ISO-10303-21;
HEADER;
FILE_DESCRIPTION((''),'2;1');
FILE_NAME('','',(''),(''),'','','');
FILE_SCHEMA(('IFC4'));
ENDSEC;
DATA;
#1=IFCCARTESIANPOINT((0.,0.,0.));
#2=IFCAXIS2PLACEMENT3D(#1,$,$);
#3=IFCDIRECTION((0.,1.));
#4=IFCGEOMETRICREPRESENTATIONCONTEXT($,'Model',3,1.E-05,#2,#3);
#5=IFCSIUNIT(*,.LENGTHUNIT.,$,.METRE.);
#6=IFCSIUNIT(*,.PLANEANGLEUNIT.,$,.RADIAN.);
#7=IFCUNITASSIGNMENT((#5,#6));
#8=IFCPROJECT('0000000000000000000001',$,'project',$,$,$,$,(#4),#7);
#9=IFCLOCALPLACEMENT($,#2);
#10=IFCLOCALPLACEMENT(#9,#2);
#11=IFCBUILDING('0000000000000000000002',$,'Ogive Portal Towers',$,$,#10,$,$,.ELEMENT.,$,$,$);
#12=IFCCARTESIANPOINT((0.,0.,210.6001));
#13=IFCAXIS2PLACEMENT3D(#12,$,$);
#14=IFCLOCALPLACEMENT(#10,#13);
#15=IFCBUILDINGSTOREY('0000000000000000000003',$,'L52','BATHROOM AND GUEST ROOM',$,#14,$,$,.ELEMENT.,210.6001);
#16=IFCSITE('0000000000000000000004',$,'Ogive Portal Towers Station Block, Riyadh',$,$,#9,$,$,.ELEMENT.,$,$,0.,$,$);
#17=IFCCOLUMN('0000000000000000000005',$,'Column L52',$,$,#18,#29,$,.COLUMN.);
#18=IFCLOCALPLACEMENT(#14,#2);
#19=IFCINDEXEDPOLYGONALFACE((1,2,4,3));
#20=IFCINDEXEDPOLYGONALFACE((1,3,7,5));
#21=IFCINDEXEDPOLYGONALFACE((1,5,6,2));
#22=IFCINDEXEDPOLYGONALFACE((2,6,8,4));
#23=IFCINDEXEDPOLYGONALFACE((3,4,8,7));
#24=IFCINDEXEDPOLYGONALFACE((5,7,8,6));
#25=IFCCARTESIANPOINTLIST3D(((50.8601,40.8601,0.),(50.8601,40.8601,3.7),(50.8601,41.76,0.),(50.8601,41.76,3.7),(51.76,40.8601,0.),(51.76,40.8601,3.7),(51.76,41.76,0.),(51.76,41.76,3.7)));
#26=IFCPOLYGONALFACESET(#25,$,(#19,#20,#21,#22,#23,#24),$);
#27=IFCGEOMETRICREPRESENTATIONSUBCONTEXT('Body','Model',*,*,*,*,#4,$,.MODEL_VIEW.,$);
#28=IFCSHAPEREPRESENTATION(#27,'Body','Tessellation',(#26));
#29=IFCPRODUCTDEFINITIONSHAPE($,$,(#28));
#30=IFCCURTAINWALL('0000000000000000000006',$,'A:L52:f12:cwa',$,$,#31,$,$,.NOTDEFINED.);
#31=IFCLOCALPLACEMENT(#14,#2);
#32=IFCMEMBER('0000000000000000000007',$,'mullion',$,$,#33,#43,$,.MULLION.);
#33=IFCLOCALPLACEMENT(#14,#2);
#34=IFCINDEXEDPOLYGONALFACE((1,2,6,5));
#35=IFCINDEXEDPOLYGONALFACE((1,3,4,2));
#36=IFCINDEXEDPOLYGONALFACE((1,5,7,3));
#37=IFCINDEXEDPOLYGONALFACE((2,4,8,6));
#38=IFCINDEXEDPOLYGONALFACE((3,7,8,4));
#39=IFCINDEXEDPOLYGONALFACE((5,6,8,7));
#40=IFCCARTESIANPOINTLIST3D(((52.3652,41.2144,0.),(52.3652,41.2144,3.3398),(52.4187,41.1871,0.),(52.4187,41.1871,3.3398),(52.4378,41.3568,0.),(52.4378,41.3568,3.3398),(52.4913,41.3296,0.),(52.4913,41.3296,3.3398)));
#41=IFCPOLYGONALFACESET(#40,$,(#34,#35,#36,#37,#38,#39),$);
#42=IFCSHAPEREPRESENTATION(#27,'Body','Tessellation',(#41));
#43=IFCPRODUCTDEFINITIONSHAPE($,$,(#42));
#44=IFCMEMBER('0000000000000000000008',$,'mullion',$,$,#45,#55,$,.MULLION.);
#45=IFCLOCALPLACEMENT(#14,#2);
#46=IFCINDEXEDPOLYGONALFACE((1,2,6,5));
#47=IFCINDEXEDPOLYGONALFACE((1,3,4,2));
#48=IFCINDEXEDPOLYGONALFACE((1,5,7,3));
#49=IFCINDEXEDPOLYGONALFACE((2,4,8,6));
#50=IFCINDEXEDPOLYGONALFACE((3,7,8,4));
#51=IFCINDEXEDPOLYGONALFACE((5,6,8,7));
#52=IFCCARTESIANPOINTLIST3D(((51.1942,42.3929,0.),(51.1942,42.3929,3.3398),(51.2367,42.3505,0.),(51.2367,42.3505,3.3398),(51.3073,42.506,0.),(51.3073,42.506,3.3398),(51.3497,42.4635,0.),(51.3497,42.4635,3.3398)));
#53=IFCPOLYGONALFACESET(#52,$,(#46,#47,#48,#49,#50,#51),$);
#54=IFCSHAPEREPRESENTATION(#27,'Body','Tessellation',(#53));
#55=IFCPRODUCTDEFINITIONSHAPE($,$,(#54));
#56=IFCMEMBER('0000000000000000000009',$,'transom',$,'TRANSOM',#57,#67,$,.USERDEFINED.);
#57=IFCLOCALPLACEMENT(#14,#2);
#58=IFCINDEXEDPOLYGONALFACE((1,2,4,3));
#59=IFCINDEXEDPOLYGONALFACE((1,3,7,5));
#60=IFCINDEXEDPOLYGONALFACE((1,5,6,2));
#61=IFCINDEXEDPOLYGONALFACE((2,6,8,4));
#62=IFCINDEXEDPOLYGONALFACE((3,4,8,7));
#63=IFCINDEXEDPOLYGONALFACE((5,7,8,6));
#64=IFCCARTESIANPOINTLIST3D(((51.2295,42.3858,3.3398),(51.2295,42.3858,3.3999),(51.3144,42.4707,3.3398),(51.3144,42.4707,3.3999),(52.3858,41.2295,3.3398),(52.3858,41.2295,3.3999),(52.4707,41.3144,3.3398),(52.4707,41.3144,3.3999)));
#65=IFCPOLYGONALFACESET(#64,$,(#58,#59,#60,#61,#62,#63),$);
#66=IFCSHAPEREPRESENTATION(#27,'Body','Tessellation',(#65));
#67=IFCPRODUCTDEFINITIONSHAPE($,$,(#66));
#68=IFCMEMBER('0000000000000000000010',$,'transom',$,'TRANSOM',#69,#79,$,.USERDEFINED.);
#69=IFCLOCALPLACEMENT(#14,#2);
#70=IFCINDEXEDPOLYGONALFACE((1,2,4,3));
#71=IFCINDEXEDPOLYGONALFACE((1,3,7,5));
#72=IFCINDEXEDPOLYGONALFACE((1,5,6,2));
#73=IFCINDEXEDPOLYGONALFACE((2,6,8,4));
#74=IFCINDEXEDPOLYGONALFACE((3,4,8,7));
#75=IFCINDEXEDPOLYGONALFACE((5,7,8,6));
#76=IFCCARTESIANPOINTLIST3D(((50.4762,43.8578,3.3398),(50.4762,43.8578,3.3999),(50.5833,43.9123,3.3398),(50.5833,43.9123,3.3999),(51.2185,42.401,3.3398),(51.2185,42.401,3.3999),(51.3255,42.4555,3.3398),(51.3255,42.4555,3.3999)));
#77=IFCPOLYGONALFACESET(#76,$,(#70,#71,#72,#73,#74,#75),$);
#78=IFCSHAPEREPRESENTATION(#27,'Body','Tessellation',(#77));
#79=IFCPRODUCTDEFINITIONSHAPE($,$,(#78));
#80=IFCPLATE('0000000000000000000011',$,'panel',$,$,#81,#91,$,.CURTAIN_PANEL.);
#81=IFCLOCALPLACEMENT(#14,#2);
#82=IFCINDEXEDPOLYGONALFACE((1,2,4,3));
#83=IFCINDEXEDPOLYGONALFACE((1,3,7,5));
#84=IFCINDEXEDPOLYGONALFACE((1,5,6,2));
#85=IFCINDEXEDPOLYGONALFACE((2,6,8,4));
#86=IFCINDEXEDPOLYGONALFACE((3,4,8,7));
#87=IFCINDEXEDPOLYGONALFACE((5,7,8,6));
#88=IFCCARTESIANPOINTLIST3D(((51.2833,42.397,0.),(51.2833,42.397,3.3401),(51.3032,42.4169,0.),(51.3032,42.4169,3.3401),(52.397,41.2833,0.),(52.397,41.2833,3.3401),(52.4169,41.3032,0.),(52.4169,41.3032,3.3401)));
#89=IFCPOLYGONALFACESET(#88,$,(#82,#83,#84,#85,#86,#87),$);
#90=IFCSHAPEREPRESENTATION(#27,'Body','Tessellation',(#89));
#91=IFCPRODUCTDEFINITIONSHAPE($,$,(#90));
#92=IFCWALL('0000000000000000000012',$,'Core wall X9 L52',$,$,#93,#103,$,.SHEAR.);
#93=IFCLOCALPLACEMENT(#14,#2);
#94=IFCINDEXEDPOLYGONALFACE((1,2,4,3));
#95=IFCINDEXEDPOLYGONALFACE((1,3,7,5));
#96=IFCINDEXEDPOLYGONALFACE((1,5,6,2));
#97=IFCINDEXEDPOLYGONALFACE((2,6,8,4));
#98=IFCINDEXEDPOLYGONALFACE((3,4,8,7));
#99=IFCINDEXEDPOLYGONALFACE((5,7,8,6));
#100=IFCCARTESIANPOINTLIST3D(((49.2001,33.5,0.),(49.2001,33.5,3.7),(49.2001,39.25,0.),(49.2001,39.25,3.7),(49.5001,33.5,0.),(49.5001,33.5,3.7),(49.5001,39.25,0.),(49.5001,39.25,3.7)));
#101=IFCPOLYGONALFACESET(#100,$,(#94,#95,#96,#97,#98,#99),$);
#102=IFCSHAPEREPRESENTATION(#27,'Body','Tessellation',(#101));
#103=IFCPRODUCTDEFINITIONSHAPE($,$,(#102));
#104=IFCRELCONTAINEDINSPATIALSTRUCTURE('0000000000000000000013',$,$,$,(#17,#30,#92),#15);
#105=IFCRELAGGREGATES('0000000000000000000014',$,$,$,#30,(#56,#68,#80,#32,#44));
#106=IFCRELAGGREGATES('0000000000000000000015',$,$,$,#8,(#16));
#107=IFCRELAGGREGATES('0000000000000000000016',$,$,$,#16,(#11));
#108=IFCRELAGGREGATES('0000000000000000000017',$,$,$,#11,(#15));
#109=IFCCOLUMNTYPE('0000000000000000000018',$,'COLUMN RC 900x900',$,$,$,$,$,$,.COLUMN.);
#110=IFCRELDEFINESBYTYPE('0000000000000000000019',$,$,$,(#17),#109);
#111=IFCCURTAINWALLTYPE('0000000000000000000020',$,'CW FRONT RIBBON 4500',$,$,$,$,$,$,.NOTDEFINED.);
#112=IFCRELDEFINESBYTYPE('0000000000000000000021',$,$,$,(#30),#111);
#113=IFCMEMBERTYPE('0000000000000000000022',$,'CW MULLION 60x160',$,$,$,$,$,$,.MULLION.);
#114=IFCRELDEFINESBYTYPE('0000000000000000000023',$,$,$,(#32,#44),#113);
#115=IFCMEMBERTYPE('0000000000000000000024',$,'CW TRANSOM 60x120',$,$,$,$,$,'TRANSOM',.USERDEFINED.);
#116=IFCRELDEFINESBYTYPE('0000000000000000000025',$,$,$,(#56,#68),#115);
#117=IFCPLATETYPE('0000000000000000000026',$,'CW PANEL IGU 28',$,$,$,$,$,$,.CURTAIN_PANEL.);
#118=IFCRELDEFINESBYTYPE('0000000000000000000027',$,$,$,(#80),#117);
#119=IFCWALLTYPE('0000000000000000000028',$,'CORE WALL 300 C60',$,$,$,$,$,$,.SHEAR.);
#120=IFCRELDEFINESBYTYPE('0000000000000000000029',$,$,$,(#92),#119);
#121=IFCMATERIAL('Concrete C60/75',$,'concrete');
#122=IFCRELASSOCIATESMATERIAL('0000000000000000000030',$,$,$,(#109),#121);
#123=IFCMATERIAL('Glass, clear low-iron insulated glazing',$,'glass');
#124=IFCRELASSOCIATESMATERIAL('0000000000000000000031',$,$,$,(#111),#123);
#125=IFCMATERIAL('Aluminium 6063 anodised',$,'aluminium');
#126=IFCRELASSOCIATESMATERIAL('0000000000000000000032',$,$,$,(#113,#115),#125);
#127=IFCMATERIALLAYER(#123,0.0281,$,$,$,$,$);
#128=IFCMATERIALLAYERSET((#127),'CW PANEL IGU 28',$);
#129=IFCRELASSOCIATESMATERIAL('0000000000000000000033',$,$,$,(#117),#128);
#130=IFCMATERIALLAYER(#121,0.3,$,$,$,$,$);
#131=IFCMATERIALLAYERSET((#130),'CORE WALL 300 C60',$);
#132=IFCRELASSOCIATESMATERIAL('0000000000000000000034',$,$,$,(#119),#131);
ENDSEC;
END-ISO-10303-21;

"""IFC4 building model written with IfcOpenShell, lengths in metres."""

from ifc_helpers import new_model, si_unit, direction, frame, frame_2d, origin, origin_2d, place, context, subcontext, project, spatial, rectangle, extrude, material, layer, layer_set, material_profile, profile_set, type_object, element, aggregate, save


model = new_model("IFC4")

# Units and contexts
model_context = context("Model", 3, precision=1e-05, world=origin(), true_north=direction((0.0, 1.0)))
body_context = subcontext(model_context, "Body", "Model", "MODEL_VIEW")
ifc_project = project(units=[si_unit("LENGTHUNIT", "METRE"), si_unit("PLANEANGLEUNIT", "RADIAN")], contexts=[model_context])

# Site, building, storey
site_placement = place(None, origin())
site = spatial("IfcSite", under=ifc_project, at=site_placement, Name="Ogive Portal Towers Station Block, Riyadh", CompositionType="ELEMENT", RefElevation=0.0)
building_placement = place(site_placement, origin())
building = spatial("IfcBuilding", under=site, at=building_placement, Name="Ogive Portal Towers", CompositionType="ELEMENT")
storey_placement = place(building_placement, frame((0.0, 0.0, 210.6001)))
storey = spatial("IfcBuildingStorey", under=building, at=storey_placement, Name="L52", Description="BATHROOM AND GUEST ROOM", CompositionType="ELEMENT", Elevation=210.6001)

# Column
ifc_material_1 = material(Name="Concrete C60/75", Category="concrete")
ifc_material_profile_1 = material_profile(ifc_material_1, rectangle(XDim=0.8999, YDim=0.8999, at=origin_2d()), Name="RC 900x900")
ifc_profile_set_1 = profile_set([ifc_material_profile_1], Name="Concrete C60/75")
column_type = type_object("IfcColumnType", Name="COLUMN RC 900x900", PredefinedType="COLUMN", material=ifc_profile_set_1)
column_placement = place(storey_placement, frame((51.3101, 41.3101, 0.0), z_axis=(0.0, 0.0, 1.0), x_axis=(1.0, 0.0, 0.0)))
element("IfcColumn", 1, at=column_placement, inside=storey, type_object=column_type, Name="Column L52", PredefinedType="COLUMN", context=body_context, shape_type="SweptSolid", body=[
    extrude(rectangle(XDim=0.8999, YDim=0.8999, at=origin_2d()), origin(), (0.0, 0.0, 1.0), 3.7),
])

# Curtain wall, members, plate
ifc_material_2 = material(Name="Glass, clear low-iron insulated glazing", Category="glass")
curtain_wall_type = type_object("IfcCurtainWallType", Name="CW FRONT RIBBON 4500", PredefinedType="NOTDEFINED", material=ifc_material_2)
curtain_wall_placement = place(storey_placement, origin())
curtain_wall = element("IfcCurtainWall", 2, at=curtain_wall_placement, inside=storey, type_object=curtain_wall_type, Name="A:L52:f12:cwa", PredefinedType="NOTDEFINED")
ifc_material_3 = material(Name="Aluminium 6063 anodised", Category="aluminium")
ifc_material_profile_2 = material_profile(ifc_material_3, rectangle(XDim=0.1599, YDim=0.0601, at=origin_2d()), Name="AL 60x160")
ifc_profile_set_2 = profile_set([ifc_material_profile_2], Name="Aluminium 6063 anodised")
member_type_1 = type_object("IfcMemberType", Name="CW MULLION 60x160", PredefinedType="MULLION", material=ifc_profile_set_2)
member_1_placement = place(storey_placement, frame((52.4282, 41.272, 0.0), z_axis=(0.0, 0.0, 1.0), x_axis=(-0.45399, -0.891007, 0.0)))
member_1 = element("IfcMember", 3, at=member_1_placement, type_object=member_type_1, Name="mullion", PredefinedType="MULLION", context=body_context, shape_type="SweptSolid", body=[
    extrude(rectangle(XDim=0.1599, YDim=0.0601, at=origin_2d()), origin(), (0.0, 0.0, 1.0), 3.3398),
])
member_2_placement = place(storey_placement, frame((51.272, 42.4282, 0.0), z_axis=(0.0, 0.0, 1.0), x_axis=(-0.707107, -0.707107, 0.0)))
member_2 = element("IfcMember", 4, at=member_2_placement, type_object=member_type_1, Name="mullion", PredefinedType="MULLION", context=body_context, shape_type="SweptSolid", body=[
    extrude(rectangle(XDim=0.1599, YDim=0.0601, at=origin_2d()), origin(), (0.0, 0.0, 1.0), 3.3398),
])
ifc_material_profile_3 = material_profile(ifc_material_3, rectangle(XDim=0.1201, YDim=0.0601, at=origin_2d()), Name="AL 120x60")
ifc_profile_set_3 = profile_set([ifc_material_profile_3], Name="Aluminium 6063 anodised")
member_type_2 = type_object("IfcMemberType", Name="CW TRANSOM 60x120", ElementType="TRANSOM", PredefinedType="USERDEFINED", material=ifc_profile_set_3)
member_3_placement = place(storey_placement, frame((52.4282, 41.272, 3.3699), z_axis=(-0.707107, 0.707107, 0.0), x_axis=(-0.707107, -0.707107, 0.0)))
member_3 = element("IfcMember", 5, at=member_3_placement, type_object=member_type_2, Name="transom", ObjectType="TRANSOM", PredefinedType="USERDEFINED", context=body_context, shape_type="SweptSolid", body=[
    extrude(rectangle(XDim=0.1201, YDim=0.0601, at=origin_2d()), origin(), (0.0, 0.0, 1.0), 1.6353),
])
member_4_placement = place(storey_placement, frame((51.272, 42.4282, 3.3699), z_axis=(-0.45395, 0.891027, 0.0), x_axis=(-0.891027, -0.45395, 0.0)))
member_4 = element("IfcMember", 6, at=member_4_placement, type_object=member_type_2, Name="transom", ObjectType="TRANSOM", PredefinedType="USERDEFINED", context=body_context, shape_type="SweptSolid", body=[
    extrude(rectangle(XDim=0.1201, YDim=0.0601, at=origin_2d()), origin(), (0.0, 0.0, 1.0), 1.635),
])
ifc_layer_1 = layer(ifc_material_2, 0.0281)
ifc_layer_set_1 = layer_set([ifc_layer_1], Name="CW PANEL IGU 28")
plate_type = type_object("IfcPlateType", Name="CW PANEL IGU 28", PredefinedType="CURTAIN_PANEL", material=ifc_layer_set_1)
plate_placement = place(storey_placement, frame((51.8501, 41.8501, 0.0), z_axis=(0.0, 0.0, 1.0), x_axis=(-0.707107, 0.707107, 0.0)))
plate = element("IfcPlate", 7, at=plate_placement, type_object=plate_type, Name="panel", PredefinedType="CURTAIN_PANEL", context=body_context, shape_type="SweptSolid", body=[
    extrude(rectangle(XDim=1.575, YDim=0.0281, at=origin_2d()), origin(), (0.0, 0.0, 1.0), 3.3401),
])
aggregate(curtain_wall, [member_3, member_4, plate, member_1, member_2])

# Shared definitions
ifc_layer_2 = layer(ifc_material_1, 0.3)
ifc_layer_set_2 = layer_set([ifc_layer_2], Name="CORE WALL 300 C60")
wall_type_1 = type_object("IfcWallType", Name="CORE WALL 300 C60", PredefinedType="SHEAR", material=ifc_layer_set_2)

# Wall
wall_1_placement = place(storey_placement, frame((49.3501, 33.5, 0.0), z_axis=(0.0, 0.0, 1.0), x_axis=(0.0, 1.0, 0.0)))
element("IfcWall", 8, at=wall_1_placement, inside=storey, type_object=wall_type_1, Name="Core wall X9 L52", PredefinedType="SHEAR", context=body_context, shape_type="SweptSolid", body=[
    extrude(rectangle(XDim=5.75, YDim=0.3, at=frame_2d((2.875, 0.0))), origin(), (0.0, 0.0, 1.0), 3.7),
])

save(model, "model.ifc")
